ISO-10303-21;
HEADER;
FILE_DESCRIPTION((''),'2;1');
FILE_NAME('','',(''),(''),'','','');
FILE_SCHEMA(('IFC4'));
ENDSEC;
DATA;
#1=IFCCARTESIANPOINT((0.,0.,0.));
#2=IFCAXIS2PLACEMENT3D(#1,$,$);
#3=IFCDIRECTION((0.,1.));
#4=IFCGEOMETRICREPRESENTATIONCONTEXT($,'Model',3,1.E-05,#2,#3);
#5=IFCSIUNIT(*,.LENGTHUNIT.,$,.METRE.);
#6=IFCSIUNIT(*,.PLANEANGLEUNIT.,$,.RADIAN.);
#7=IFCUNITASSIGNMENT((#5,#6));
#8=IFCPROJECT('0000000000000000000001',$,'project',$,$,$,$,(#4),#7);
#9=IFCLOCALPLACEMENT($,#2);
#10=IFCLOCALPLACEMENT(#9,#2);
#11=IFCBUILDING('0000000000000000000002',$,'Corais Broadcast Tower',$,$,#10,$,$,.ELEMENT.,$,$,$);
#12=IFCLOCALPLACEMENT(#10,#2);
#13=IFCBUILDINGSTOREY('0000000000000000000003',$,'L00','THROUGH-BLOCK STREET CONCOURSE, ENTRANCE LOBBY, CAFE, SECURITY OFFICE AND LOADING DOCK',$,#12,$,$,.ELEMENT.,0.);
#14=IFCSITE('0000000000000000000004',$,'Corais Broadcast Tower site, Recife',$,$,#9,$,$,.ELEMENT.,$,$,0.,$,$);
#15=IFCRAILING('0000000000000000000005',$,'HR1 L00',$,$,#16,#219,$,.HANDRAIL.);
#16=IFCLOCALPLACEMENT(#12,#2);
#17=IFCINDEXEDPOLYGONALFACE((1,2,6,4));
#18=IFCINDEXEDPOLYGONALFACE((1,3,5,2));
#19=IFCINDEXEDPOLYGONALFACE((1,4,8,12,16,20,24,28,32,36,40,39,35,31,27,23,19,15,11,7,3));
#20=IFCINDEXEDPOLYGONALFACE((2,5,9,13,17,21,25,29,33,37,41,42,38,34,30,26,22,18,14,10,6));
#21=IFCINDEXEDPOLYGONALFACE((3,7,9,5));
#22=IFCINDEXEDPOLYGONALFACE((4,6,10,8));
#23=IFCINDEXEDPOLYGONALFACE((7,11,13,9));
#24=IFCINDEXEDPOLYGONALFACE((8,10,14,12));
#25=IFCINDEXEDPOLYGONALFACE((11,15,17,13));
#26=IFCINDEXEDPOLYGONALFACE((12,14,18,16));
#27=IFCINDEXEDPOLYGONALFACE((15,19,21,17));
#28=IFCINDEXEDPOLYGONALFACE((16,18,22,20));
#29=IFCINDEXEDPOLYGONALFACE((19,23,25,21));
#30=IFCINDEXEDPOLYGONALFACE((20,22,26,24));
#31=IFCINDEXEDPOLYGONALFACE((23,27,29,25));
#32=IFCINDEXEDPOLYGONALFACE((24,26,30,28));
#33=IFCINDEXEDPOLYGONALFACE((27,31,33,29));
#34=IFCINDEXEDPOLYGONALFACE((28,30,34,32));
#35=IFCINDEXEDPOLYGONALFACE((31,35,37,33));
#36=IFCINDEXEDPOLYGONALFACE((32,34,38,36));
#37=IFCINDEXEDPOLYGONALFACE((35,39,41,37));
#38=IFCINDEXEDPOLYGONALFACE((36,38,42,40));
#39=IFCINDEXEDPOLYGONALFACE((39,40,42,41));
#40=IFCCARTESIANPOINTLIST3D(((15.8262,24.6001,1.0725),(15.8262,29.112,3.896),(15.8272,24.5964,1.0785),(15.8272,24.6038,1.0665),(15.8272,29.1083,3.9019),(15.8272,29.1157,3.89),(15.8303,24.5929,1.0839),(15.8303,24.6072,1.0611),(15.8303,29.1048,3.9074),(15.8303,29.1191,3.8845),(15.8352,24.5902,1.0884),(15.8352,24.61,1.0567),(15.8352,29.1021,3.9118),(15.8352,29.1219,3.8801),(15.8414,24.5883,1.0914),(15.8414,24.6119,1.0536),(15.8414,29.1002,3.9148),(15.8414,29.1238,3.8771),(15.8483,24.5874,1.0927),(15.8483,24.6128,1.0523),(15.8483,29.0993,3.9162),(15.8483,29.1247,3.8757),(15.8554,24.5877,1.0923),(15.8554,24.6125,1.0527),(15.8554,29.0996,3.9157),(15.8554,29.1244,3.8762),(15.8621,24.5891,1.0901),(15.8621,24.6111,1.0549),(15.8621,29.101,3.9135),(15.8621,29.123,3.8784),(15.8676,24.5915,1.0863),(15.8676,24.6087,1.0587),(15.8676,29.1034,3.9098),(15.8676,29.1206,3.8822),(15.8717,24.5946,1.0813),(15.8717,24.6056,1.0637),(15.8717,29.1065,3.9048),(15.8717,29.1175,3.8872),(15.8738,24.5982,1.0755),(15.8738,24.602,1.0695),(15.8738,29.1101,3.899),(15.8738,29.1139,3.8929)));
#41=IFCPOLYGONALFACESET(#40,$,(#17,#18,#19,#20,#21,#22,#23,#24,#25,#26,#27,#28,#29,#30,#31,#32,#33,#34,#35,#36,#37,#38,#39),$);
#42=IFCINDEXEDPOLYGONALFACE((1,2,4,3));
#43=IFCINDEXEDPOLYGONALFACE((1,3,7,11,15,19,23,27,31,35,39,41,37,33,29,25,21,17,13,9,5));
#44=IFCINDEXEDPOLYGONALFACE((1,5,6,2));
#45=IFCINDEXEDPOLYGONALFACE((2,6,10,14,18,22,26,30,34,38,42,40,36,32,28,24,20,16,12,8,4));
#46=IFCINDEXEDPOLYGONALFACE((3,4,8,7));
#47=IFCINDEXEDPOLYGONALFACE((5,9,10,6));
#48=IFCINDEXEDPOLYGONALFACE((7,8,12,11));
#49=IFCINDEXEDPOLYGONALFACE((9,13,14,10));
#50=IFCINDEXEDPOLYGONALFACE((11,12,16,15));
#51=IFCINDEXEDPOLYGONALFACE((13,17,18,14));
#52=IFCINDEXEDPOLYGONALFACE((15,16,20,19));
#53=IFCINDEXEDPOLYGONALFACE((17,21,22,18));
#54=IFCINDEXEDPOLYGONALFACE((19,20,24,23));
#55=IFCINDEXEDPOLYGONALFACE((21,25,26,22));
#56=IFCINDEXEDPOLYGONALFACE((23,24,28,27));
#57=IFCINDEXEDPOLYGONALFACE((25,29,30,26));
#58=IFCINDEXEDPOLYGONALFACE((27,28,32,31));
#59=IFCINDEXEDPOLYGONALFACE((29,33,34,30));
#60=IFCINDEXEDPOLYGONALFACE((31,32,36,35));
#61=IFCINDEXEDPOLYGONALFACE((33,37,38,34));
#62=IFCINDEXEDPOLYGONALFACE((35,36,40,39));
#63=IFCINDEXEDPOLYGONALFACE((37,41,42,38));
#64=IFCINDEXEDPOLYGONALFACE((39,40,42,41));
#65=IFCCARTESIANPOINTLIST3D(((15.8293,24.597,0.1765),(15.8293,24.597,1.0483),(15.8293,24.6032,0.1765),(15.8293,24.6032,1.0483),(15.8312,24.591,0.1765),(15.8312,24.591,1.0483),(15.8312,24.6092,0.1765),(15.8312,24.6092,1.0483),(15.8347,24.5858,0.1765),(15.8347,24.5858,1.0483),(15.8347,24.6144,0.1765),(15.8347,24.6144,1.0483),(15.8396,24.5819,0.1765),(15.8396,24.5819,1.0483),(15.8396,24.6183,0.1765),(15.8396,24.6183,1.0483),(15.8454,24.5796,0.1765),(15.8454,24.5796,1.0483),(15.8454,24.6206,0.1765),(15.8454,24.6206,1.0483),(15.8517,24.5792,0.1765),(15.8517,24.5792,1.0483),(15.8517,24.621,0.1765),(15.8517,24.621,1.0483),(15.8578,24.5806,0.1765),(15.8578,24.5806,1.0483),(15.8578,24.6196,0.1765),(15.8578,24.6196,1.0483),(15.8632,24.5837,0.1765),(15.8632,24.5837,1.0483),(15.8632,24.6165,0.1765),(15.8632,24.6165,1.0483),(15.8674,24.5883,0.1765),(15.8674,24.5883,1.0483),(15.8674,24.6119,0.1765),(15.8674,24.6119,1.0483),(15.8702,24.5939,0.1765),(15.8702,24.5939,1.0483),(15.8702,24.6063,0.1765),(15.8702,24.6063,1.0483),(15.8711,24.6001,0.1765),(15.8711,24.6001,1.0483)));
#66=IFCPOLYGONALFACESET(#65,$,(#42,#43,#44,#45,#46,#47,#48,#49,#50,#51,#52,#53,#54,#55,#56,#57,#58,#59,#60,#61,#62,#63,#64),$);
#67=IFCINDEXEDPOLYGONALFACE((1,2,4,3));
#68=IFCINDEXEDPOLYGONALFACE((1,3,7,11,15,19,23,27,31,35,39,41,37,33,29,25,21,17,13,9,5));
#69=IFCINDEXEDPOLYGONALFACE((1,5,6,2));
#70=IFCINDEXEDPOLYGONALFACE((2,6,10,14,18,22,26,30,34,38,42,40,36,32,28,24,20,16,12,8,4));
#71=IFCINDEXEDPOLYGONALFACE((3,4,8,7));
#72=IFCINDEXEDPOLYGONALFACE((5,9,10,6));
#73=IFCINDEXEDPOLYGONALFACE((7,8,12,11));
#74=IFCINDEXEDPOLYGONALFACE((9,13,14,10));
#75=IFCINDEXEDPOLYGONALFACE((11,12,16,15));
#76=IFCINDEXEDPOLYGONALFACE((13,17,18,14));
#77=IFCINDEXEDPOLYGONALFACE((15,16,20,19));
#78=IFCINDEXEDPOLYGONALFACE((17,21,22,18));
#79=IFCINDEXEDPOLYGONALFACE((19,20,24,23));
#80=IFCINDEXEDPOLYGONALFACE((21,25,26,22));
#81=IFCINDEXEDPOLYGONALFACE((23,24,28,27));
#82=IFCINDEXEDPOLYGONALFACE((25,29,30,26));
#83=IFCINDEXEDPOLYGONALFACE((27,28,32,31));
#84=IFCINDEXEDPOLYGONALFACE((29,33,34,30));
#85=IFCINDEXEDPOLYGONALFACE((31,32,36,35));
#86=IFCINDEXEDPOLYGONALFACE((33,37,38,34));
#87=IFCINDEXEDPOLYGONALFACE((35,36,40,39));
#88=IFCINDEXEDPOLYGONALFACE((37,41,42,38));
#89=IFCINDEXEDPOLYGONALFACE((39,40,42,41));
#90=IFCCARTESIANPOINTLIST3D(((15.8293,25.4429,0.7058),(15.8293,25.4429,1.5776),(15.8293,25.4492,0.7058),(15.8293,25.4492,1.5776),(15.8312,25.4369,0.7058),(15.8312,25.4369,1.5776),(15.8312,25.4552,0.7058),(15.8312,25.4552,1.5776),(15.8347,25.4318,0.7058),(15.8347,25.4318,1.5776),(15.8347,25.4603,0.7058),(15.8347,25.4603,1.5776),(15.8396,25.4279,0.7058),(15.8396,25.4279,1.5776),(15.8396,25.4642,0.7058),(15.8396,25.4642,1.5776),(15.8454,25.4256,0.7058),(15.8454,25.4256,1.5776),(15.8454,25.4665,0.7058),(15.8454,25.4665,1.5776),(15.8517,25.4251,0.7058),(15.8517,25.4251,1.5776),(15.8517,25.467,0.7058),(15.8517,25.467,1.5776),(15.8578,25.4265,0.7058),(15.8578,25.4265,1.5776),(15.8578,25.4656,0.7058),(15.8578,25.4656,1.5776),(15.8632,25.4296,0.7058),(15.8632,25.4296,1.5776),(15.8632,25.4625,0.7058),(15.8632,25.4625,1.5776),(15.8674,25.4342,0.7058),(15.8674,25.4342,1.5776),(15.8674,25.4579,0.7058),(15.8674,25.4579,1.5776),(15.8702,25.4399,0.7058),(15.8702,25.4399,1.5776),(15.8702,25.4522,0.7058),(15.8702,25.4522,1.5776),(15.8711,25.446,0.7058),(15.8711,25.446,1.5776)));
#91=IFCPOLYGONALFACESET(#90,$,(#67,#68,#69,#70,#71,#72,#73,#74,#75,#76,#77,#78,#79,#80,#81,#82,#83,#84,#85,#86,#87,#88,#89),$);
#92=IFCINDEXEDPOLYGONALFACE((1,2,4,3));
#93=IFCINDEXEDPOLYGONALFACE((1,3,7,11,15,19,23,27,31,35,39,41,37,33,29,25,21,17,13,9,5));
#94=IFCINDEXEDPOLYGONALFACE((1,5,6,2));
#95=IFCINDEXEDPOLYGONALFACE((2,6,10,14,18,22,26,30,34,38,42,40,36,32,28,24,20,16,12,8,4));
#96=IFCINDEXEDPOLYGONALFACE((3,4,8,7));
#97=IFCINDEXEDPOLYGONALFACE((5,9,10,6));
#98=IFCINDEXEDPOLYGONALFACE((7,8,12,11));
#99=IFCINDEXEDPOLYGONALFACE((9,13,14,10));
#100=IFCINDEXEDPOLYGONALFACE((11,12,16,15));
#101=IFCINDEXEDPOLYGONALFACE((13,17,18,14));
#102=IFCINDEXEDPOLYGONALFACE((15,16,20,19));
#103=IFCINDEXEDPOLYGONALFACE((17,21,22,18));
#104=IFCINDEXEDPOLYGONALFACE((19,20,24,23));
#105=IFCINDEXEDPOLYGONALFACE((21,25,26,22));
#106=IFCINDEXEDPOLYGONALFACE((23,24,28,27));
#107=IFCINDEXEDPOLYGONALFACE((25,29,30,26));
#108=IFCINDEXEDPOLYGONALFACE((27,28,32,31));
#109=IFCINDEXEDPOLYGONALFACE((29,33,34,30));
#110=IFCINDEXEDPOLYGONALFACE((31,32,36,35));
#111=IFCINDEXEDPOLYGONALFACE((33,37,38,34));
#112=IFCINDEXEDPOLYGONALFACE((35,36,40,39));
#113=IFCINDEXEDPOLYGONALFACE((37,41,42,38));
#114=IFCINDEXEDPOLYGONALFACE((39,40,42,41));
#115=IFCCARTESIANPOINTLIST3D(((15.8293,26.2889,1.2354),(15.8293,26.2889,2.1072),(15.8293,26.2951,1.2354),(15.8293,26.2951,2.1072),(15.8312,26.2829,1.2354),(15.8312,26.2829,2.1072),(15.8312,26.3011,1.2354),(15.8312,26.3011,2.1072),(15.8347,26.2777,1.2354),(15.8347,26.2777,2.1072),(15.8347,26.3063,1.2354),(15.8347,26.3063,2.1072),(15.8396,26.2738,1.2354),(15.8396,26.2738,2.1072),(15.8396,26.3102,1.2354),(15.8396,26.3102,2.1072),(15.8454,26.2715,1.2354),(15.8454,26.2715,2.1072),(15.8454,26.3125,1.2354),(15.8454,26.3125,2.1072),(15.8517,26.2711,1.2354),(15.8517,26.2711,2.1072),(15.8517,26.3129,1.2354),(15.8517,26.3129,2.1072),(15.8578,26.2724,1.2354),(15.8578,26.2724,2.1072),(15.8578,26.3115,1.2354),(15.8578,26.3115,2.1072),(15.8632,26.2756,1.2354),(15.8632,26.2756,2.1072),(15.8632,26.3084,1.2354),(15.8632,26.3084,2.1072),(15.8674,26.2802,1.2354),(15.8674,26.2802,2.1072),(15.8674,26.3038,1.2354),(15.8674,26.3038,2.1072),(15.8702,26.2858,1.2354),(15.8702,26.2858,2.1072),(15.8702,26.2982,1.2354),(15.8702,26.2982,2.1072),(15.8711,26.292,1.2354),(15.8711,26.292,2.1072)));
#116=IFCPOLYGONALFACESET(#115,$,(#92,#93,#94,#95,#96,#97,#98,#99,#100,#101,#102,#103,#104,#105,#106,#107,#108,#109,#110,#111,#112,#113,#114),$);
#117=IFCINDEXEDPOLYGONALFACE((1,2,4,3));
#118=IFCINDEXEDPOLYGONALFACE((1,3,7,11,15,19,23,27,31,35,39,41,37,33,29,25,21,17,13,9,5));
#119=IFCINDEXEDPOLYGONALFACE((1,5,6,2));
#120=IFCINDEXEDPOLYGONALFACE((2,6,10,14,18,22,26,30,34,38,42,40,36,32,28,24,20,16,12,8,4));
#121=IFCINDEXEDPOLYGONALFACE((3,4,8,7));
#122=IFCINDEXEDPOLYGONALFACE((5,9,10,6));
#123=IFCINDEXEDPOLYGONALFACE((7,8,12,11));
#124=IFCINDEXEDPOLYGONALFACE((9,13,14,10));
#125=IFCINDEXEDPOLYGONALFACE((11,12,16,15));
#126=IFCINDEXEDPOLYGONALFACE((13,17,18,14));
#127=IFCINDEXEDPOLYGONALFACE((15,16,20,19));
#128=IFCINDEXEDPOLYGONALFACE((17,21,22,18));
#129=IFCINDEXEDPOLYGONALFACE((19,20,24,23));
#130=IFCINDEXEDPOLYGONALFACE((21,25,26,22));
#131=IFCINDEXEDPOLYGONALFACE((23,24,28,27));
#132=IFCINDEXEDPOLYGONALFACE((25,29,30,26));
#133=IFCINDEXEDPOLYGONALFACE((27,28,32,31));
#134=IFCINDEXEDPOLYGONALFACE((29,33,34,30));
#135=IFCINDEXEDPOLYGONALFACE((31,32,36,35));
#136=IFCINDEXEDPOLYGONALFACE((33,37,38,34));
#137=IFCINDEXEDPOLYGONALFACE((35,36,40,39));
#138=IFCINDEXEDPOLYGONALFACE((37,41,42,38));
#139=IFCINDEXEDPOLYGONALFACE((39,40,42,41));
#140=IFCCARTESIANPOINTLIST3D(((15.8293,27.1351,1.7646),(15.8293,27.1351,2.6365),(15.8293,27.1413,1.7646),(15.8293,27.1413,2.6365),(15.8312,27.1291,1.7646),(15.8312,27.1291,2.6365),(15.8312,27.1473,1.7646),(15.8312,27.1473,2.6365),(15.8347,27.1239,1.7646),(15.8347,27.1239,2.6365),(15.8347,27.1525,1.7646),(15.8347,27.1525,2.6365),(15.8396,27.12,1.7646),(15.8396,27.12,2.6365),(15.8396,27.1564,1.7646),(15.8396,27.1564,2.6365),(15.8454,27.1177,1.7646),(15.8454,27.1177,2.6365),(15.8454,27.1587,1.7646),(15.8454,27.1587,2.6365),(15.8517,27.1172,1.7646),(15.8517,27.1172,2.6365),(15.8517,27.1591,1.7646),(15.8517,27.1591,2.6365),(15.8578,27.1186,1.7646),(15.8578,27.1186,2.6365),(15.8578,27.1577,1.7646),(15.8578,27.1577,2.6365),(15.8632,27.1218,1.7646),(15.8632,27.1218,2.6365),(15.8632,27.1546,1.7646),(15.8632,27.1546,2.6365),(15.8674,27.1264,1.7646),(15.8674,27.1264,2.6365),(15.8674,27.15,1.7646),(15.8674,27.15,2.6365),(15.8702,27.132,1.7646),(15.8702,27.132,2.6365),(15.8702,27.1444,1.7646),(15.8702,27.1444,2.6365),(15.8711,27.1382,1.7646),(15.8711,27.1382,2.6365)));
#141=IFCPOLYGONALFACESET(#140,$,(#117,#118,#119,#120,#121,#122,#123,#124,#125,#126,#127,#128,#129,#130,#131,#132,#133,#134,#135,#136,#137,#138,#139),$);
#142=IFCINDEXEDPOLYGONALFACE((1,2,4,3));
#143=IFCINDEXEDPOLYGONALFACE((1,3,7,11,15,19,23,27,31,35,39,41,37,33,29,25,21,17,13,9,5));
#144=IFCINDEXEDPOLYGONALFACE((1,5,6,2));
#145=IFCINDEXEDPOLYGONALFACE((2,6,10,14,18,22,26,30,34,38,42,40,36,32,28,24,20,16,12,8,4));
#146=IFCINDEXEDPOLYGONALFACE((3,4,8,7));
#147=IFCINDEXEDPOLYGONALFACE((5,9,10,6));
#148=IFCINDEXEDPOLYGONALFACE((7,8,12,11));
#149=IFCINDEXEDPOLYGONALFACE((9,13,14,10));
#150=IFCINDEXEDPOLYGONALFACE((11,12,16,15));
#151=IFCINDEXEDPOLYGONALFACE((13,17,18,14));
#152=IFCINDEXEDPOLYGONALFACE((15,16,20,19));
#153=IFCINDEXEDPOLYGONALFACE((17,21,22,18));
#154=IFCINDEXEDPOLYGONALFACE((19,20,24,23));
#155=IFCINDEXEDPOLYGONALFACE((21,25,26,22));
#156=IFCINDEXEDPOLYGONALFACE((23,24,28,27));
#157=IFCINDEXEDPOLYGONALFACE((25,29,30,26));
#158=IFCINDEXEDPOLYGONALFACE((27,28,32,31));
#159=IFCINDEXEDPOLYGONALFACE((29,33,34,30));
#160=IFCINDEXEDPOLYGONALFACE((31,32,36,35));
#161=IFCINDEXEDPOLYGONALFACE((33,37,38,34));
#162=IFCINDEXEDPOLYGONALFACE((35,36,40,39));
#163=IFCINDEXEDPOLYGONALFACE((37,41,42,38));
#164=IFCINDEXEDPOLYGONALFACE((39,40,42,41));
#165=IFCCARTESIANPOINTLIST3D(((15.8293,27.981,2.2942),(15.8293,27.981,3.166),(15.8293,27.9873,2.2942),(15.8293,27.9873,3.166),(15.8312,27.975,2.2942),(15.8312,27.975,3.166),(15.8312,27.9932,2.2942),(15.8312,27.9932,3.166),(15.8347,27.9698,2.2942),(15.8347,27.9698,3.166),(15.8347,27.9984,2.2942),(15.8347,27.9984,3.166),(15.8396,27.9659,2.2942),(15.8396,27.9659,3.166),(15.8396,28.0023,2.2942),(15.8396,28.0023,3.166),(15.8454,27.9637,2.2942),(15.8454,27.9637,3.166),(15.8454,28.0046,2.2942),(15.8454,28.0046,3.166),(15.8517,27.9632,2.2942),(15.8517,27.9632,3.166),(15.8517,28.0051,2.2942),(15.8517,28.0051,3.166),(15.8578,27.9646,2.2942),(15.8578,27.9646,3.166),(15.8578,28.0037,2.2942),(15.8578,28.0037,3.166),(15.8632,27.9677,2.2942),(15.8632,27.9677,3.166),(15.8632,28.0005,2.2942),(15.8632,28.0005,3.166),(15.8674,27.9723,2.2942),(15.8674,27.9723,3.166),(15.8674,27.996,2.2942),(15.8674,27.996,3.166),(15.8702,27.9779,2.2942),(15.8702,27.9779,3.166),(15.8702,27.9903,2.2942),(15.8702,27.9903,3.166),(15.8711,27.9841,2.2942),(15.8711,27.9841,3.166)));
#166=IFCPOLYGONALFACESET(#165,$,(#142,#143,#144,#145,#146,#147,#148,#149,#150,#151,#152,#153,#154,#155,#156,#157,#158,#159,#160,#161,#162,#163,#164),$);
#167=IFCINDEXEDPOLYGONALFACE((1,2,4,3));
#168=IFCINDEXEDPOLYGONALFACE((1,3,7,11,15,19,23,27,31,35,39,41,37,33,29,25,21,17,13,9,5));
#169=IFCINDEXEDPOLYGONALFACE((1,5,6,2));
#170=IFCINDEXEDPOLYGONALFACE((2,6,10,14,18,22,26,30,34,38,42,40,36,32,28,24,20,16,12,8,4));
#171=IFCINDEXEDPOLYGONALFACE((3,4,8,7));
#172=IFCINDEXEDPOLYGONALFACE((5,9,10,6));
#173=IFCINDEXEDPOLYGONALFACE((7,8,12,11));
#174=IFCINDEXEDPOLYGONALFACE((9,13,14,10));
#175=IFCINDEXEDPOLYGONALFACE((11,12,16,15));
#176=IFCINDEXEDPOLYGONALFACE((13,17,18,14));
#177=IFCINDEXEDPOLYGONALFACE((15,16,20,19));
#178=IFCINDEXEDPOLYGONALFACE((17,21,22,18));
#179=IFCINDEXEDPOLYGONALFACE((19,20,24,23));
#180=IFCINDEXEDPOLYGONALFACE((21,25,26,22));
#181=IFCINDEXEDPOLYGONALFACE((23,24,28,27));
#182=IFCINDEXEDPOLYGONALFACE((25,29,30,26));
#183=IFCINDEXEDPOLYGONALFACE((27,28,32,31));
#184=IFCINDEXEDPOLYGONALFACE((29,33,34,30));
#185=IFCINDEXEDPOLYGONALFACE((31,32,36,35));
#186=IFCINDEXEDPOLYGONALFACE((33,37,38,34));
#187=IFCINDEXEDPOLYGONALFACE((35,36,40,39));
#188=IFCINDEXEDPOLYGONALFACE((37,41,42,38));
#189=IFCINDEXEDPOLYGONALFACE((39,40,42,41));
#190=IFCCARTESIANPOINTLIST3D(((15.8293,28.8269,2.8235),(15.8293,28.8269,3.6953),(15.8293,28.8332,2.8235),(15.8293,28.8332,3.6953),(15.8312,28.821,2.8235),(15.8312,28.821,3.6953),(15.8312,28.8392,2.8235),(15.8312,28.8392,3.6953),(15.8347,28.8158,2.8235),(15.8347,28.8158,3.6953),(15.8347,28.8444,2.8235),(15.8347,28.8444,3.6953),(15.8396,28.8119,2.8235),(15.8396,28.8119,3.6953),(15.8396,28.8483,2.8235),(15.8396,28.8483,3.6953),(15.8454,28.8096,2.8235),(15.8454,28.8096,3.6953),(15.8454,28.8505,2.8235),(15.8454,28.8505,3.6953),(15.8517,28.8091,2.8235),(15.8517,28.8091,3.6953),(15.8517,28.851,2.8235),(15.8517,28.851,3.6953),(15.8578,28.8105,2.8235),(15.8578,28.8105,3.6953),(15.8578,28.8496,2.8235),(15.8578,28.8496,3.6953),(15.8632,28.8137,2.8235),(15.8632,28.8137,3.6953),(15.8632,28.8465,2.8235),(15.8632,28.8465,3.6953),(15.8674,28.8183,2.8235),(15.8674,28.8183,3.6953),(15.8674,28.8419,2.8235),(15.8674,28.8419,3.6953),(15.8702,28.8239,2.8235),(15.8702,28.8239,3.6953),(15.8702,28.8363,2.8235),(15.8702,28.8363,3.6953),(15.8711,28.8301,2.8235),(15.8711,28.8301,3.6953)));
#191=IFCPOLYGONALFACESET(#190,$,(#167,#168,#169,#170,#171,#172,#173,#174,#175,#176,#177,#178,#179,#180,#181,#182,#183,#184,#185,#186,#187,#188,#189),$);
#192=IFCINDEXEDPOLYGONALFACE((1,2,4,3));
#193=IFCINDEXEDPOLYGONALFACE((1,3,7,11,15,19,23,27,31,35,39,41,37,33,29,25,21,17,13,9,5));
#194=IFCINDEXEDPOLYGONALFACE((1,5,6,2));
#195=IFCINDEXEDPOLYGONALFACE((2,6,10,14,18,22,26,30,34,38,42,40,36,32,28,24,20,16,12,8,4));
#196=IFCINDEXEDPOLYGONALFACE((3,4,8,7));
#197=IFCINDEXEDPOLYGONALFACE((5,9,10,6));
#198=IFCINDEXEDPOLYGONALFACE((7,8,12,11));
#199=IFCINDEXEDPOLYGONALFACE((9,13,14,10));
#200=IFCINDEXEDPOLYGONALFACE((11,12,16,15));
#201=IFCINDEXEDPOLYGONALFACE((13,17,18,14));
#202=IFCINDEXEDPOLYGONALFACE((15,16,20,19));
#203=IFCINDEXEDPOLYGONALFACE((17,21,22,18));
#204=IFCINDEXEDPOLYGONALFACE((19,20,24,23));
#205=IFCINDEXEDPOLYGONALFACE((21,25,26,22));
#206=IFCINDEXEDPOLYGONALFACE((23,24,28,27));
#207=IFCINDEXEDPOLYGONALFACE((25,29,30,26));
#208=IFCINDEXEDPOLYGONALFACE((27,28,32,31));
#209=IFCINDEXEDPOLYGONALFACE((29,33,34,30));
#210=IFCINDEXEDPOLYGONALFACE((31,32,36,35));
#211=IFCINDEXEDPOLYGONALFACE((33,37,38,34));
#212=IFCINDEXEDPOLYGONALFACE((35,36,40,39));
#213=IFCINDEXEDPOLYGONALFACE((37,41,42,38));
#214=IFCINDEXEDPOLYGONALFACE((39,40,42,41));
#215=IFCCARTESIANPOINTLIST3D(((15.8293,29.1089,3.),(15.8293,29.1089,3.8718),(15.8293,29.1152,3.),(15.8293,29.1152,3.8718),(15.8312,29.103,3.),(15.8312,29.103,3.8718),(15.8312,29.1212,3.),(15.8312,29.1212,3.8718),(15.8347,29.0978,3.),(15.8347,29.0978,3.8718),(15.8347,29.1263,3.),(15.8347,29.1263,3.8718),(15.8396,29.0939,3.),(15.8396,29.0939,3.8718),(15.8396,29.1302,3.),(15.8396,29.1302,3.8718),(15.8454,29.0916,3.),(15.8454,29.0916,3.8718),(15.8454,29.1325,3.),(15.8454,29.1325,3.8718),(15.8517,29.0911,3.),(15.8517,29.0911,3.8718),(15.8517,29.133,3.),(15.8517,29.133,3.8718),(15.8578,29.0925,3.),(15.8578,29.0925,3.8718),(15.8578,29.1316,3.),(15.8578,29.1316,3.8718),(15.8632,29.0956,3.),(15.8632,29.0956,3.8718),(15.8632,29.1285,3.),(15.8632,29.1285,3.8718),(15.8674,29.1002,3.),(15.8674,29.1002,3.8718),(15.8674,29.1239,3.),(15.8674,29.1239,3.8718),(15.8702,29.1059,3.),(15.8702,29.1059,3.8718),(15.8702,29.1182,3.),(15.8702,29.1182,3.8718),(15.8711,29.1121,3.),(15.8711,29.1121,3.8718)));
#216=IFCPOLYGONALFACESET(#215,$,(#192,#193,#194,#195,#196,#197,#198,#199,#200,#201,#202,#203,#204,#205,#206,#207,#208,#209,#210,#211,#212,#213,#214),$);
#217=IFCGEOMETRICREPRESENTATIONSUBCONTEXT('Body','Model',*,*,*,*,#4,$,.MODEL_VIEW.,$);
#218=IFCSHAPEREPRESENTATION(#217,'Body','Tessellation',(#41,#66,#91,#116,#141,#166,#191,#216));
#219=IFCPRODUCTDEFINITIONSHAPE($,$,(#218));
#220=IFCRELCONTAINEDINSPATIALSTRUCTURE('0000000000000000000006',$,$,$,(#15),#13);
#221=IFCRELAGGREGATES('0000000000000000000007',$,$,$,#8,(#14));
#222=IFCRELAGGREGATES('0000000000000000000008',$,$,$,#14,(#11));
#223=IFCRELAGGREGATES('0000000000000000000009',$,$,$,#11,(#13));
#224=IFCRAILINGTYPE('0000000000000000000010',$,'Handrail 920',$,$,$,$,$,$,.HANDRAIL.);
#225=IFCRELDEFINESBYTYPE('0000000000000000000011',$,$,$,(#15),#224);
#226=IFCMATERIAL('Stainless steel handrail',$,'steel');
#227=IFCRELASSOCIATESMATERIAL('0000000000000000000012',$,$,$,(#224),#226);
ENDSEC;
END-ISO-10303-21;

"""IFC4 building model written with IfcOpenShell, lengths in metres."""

from ifc_helpers import new_model, si_unit, direction, frame, origin, origin_2d, place, context, subcontext, project, spatial, circle, extrude, material, type_object, element, save


model = new_model("IFC4")

# Units and contexts
model_context = context("Model", 3, precision=1e-05, world=origin(), true_north=direction((0.0, 1.0)))
body_context = subcontext(model_context, "Body", "Model", "MODEL_VIEW")
ifc_project = project(units=[si_unit("LENGTHUNIT", "METRE"), si_unit("PLANEANGLEUNIT", "RADIAN")], contexts=[model_context])

# Site, building, storey
site_placement = place(None, origin())
site = spatial("IfcSite", under=ifc_project, at=site_placement, Name="Corais Broadcast Tower site, Recife", CompositionType="ELEMENT", RefElevation=0.0)
building_placement = place(site_placement, origin())
building = spatial("IfcBuilding", under=site, at=building_placement, Name="Corais Broadcast Tower", CompositionType="ELEMENT")
storey_placement = place(building_placement, origin())
storey = spatial("IfcBuildingStorey", under=building, at=storey_placement, Name="L00", Description="THROUGH-BLOCK STREET CONCOURSE, ENTRANCE LOBBY, CAFE, SECURITY OFFICE AND LOADING DOCK", CompositionType="ELEMENT", Elevation=0.0)

# Railing
ifc_material_1 = material(Name="Stainless steel handrail", Category="steel")
railing_type = type_object("IfcRailingType", Name="Handrail 920", PredefinedType="HANDRAIL", material=ifc_material_1)
for number, where, name in (
    (1, (15.8501, 24.6001, 0.1765), "HR1 L00"),
):
    element("IfcRailing", number, at=place(storey_placement, frame(where)), inside=storey, type_object=railing_type, Name=name, PredefinedType="HANDRAIL", context=body_context, shape_type="SweptSolid", body=[
        extrude(circle(Radius=0.0239, at=origin_2d()), frame((0.0, 0.0, 0.896), z_axis=(0.0, 0.847702, 0.530473), x_axis=(-1.0, 0.0, 0.0)), (0.0, 0.0, 1.0), 5.3225),
        extrude(circle(Radius=0.021, at=origin_2d()), origin(), (0.0, 0.0, 1.0), 0.8718),
        extrude(circle(Radius=0.021, at=origin_2d()), frame((0.0, 0.8459, 0.5293)), (0.0, 0.0, 1.0), 0.8718),
        extrude(circle(Radius=0.021, at=origin_2d()), frame((0.0, 1.6919, 1.0588)), (0.0, 0.0, 1.0), 0.8718),
        extrude(circle(Radius=0.021, at=origin_2d()), frame((0.0, 2.5381, 1.5881)), (0.0, 0.0, 1.0), 0.8718),
        extrude(circle(Radius=0.021, at=origin_2d()), frame((0.0, 3.384, 2.1177)), (0.0, 0.0, 1.0), 0.8718),
        extrude(circle(Radius=0.021, at=origin_2d()), frame((0.0, 4.23, 2.647)), (0.0, 0.0, 1.0), 0.8718),
        extrude(circle(Radius=0.021, at=origin_2d()), frame((0.0, 4.512, 2.8235)), (0.0, 0.0, 1.0), 0.8718),
    ])

save(model, "model.ifc")
